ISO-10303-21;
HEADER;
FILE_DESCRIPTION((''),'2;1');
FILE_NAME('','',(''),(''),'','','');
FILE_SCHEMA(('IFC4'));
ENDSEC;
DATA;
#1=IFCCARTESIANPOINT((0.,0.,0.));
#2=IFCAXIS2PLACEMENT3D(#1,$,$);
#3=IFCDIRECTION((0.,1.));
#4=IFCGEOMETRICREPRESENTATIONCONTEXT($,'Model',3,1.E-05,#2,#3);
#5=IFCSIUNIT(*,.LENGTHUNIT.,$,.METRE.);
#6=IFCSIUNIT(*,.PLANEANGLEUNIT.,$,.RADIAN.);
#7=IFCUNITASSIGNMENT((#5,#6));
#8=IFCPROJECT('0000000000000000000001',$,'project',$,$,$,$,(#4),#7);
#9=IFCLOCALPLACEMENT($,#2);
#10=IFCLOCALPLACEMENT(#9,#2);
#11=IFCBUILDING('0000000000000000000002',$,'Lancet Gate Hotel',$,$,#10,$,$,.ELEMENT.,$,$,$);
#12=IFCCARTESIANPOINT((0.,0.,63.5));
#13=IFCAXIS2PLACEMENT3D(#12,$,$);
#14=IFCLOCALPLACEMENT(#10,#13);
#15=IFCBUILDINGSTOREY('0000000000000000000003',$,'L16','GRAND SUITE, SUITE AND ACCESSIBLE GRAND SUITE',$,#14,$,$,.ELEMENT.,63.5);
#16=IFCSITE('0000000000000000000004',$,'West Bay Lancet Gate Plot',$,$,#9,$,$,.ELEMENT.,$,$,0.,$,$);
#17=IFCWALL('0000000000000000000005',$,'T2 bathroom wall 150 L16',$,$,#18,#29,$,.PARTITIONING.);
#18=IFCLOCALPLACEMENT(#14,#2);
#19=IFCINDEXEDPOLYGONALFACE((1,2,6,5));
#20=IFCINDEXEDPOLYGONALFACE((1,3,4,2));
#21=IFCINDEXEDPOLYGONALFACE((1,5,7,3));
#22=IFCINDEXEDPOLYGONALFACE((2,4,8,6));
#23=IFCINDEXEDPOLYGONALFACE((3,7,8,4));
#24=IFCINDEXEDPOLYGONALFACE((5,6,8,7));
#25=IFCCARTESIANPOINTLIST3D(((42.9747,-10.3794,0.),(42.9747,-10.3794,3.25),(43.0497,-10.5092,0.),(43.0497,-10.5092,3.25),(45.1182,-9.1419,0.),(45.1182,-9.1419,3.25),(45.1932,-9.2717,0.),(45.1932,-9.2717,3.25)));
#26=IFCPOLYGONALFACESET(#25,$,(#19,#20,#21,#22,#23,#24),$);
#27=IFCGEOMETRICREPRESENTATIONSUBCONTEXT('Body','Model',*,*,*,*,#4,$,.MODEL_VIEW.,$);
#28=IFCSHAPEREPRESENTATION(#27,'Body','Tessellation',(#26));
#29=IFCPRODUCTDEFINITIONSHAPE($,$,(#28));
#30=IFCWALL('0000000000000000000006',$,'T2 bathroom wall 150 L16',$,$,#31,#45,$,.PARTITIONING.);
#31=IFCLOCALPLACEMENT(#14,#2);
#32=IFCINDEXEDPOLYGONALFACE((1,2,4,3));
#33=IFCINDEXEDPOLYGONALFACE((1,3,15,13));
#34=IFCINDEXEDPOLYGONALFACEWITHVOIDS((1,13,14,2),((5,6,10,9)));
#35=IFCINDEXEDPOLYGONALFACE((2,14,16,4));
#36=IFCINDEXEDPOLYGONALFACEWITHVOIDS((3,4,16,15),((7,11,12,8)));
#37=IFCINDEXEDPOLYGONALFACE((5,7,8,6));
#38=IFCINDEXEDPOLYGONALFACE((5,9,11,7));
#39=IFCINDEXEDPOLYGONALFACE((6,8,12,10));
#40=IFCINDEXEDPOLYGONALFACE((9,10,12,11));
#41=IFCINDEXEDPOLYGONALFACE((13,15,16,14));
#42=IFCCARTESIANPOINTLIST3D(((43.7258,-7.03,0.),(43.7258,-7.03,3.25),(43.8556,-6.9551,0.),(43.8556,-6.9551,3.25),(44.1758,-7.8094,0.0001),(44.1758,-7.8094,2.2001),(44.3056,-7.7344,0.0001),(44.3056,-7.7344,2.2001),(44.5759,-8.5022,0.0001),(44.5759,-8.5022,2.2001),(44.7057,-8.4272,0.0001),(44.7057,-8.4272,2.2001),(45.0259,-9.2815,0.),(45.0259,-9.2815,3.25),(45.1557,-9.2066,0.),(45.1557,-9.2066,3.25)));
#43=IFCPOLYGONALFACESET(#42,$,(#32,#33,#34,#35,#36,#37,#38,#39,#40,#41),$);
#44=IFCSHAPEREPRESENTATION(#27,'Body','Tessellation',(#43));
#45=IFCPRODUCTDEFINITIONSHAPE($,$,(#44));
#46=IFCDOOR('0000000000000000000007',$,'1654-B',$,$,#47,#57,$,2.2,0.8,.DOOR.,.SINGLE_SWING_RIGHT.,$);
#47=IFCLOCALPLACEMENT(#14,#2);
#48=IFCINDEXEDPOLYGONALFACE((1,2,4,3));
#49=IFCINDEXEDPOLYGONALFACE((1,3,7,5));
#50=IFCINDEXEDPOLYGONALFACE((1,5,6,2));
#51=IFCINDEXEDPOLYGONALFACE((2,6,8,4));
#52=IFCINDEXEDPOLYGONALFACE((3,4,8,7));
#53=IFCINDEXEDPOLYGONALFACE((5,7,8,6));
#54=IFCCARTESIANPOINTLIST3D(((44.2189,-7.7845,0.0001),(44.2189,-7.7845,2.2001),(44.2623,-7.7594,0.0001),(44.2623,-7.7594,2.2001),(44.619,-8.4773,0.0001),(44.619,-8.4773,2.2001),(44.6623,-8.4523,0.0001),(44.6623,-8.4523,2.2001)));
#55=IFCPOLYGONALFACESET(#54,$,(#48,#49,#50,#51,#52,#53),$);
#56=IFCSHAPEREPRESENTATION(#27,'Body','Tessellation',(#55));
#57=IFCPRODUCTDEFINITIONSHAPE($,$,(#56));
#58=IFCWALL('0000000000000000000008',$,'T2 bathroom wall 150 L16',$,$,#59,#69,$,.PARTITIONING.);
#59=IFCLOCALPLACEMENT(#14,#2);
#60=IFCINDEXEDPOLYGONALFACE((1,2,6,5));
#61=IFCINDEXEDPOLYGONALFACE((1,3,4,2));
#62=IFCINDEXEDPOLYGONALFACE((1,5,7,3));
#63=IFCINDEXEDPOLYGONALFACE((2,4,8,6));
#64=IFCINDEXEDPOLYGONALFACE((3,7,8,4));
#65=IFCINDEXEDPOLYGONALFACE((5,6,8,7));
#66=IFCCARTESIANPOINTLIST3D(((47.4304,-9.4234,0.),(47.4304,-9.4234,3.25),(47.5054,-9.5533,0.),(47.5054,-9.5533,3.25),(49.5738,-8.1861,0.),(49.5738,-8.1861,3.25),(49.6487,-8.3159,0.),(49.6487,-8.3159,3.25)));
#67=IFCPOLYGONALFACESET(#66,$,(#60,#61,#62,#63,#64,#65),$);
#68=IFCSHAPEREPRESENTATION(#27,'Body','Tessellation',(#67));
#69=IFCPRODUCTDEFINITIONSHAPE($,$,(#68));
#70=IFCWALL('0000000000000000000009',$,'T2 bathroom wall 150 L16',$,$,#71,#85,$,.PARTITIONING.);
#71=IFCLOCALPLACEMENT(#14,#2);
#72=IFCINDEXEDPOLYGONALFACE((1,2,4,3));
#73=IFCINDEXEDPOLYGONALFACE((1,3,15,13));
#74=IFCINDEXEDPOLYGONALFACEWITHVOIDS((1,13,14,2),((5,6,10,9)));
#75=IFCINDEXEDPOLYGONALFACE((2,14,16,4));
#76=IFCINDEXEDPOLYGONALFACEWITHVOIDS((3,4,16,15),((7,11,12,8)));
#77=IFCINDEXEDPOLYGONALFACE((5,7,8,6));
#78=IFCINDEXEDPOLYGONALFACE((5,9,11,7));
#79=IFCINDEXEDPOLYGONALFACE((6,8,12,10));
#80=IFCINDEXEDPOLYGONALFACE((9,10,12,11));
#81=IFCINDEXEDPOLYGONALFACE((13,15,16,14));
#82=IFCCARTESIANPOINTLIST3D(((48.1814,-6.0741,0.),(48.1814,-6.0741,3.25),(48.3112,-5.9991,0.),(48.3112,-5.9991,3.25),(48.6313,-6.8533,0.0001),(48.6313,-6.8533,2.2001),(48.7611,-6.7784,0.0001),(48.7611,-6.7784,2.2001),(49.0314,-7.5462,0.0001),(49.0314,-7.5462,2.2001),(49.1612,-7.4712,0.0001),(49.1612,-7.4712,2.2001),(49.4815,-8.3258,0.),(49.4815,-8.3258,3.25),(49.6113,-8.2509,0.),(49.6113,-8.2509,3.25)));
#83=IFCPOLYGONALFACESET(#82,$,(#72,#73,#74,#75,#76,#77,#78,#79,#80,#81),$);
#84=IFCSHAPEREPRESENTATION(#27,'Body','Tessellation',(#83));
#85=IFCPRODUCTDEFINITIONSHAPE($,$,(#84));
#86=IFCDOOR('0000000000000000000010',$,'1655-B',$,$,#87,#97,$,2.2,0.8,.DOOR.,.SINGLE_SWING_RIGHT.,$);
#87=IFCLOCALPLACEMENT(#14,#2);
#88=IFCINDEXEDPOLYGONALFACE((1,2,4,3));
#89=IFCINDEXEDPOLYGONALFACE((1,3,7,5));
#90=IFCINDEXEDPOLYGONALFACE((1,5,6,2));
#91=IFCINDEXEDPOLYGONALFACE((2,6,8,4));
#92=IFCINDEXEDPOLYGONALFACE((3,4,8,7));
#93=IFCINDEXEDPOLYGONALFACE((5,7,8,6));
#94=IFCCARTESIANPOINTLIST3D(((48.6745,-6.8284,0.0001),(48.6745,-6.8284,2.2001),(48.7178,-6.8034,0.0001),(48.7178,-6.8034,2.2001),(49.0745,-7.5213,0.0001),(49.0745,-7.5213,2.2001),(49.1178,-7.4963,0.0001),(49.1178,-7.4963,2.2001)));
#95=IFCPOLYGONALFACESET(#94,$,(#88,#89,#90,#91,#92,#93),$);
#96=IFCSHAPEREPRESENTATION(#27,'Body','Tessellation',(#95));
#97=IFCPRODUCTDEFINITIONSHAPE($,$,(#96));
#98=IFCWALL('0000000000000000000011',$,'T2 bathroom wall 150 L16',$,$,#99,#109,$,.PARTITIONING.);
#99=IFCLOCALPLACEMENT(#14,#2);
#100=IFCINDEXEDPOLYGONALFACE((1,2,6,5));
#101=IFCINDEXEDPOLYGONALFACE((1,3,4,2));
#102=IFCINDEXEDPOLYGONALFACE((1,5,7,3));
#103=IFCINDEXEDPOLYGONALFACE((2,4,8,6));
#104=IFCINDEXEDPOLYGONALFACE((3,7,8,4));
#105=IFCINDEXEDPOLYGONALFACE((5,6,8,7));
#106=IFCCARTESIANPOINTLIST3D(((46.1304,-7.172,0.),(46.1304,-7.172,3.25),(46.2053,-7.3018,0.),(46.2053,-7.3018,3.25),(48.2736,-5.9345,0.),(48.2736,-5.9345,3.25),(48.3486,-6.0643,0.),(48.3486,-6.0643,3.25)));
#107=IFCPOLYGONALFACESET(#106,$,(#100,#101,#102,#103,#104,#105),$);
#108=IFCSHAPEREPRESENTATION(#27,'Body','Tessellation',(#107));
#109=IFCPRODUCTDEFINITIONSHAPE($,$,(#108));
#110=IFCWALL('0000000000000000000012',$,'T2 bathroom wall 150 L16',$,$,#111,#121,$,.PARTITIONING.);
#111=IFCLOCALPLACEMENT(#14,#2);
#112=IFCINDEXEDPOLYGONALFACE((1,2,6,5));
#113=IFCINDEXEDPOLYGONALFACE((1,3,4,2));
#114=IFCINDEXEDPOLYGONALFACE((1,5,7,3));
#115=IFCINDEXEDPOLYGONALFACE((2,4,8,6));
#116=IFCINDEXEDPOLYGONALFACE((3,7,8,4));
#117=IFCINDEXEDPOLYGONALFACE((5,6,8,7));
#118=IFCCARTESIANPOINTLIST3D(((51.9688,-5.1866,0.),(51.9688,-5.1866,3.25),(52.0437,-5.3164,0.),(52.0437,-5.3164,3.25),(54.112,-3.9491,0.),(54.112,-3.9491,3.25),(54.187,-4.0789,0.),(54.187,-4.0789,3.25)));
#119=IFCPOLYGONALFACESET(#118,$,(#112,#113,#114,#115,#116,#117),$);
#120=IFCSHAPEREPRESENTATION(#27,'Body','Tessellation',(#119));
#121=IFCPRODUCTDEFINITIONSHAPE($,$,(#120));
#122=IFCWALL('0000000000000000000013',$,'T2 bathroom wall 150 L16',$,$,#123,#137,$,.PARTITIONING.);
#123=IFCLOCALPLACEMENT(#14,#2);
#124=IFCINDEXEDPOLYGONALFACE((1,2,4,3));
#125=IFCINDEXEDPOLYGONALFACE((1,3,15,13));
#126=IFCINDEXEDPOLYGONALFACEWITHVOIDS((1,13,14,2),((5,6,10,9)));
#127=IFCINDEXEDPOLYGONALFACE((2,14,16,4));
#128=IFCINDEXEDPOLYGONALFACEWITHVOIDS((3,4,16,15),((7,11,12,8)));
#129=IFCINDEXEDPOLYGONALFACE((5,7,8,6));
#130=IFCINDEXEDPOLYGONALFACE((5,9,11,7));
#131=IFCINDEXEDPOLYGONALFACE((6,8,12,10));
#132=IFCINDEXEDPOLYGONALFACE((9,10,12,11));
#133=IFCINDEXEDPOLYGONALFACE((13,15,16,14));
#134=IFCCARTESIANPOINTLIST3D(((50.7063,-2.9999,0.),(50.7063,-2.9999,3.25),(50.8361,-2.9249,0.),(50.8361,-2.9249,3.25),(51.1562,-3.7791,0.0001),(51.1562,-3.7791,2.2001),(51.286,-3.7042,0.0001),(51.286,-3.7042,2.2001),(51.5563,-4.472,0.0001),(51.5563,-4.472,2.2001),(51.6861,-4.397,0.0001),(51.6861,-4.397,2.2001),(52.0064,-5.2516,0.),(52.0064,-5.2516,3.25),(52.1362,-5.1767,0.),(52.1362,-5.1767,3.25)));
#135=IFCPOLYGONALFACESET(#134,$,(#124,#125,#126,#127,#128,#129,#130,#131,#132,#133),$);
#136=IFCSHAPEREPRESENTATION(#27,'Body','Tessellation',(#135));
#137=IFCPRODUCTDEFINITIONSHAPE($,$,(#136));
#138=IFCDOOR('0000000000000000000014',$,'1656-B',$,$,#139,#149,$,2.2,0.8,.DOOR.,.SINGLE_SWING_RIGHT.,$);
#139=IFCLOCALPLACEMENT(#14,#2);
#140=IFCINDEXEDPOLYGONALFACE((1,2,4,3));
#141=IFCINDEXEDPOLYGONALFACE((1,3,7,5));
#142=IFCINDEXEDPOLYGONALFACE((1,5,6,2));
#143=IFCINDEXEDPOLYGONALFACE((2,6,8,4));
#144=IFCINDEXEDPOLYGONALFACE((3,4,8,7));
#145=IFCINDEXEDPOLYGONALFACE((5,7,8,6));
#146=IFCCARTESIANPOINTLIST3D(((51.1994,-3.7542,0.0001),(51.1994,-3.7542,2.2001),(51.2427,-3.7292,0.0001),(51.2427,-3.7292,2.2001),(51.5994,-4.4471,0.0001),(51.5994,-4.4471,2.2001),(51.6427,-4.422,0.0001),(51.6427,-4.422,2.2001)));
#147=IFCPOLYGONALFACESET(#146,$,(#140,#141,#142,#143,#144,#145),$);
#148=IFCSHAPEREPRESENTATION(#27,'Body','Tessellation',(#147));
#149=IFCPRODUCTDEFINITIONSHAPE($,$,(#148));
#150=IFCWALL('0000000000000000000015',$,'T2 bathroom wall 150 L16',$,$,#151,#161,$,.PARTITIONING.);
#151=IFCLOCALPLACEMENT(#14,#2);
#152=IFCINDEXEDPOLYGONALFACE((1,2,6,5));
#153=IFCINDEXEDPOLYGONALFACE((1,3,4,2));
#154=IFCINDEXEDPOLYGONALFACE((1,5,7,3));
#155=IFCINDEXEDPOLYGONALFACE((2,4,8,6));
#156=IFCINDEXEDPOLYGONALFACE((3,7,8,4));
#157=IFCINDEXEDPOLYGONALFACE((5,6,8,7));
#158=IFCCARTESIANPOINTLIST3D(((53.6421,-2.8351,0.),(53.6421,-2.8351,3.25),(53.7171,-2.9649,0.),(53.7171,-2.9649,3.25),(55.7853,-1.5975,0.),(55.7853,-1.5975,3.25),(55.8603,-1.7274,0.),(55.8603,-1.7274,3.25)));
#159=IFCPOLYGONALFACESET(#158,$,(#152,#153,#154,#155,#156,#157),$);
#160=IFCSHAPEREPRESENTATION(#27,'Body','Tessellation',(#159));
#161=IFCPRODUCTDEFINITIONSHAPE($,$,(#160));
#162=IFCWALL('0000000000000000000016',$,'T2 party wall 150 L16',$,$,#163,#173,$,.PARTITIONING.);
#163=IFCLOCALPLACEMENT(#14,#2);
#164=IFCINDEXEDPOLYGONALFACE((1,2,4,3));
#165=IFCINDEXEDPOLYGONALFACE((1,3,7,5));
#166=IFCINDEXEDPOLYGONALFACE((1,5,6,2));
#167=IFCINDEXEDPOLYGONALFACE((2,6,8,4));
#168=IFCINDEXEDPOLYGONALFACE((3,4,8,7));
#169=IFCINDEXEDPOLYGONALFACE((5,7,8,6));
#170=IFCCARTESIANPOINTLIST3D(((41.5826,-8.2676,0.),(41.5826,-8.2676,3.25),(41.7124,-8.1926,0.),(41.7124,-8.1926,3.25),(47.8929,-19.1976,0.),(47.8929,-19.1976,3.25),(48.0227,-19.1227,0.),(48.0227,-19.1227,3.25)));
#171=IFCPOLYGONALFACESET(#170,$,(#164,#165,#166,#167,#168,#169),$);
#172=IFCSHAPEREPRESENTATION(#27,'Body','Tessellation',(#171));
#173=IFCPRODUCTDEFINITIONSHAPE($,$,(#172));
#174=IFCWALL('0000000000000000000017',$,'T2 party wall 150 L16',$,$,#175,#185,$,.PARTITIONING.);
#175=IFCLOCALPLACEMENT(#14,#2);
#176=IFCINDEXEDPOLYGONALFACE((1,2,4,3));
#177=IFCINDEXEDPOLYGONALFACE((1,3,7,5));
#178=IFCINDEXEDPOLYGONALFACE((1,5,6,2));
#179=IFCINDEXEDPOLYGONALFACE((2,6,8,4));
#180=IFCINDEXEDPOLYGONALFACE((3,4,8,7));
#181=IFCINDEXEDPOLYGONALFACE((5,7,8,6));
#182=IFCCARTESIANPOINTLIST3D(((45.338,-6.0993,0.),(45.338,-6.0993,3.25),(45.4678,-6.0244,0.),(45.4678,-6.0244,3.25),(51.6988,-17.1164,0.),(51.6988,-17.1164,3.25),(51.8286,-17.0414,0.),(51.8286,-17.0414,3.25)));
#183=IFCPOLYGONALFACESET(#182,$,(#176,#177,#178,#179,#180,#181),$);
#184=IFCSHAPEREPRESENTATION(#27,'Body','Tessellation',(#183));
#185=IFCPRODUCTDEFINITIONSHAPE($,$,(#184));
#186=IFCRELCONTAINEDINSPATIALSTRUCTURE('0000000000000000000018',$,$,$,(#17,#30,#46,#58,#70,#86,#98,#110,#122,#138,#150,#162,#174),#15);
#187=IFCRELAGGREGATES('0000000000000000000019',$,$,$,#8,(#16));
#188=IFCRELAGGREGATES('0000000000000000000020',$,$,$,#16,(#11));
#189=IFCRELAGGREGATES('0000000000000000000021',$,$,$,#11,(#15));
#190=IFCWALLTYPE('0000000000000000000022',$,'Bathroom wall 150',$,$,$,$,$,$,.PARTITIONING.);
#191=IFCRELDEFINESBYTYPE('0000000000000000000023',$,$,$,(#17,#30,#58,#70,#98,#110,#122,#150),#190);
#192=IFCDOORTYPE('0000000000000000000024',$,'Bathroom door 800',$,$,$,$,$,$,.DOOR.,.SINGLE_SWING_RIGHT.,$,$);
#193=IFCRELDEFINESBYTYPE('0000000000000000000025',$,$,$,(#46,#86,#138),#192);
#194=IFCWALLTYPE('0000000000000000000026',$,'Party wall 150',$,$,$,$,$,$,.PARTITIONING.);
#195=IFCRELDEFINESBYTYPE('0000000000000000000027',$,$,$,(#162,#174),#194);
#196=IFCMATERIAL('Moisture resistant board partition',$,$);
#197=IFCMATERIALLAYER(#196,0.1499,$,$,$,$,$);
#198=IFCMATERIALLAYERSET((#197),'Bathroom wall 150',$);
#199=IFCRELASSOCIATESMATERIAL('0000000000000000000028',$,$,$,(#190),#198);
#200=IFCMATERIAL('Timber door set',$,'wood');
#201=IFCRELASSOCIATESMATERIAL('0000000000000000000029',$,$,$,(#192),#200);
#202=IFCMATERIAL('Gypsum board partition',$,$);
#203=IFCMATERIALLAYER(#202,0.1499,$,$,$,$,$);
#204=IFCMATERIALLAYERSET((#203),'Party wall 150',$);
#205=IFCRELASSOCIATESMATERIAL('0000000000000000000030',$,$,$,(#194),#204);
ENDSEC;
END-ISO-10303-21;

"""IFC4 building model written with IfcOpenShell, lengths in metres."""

from ifc_helpers import new_model, si_unit, direction, frame, frame_2d, origin, place, context, subcontext, project, spatial, rectangle, extrude, material, layer, layer_set, type_object, element, fill, save


model = new_model("IFC4")

# Units and contexts
model_context = context("Model", 3, precision=1e-05, world=origin(), true_north=direction((0.0, 1.0)))
body_context = subcontext(model_context, "Body", "Model", "MODEL_VIEW")
ifc_project = project(units=[si_unit("LENGTHUNIT", "METRE"), si_unit("PLANEANGLEUNIT", "RADIAN")], contexts=[model_context])

# Site, building, storey
site_placement = place(None, origin())
site = spatial("IfcSite", under=ifc_project, at=site_placement, Name="West Bay Lancet Gate Plot", CompositionType="ELEMENT", RefElevation=0.0)
building_placement = place(site_placement, origin())
building = spatial("IfcBuilding", under=site, at=building_placement, Name="Lancet Gate Hotel", CompositionType="ELEMENT")
storey_placement = place(building_placement, frame((0.0, 0.0, 63.5)))
storey = spatial("IfcBuildingStorey", under=building, at=storey_placement, Name="L16", Description="GRAND SUITE, SUITE AND ACCESSIBLE GRAND SUITE", CompositionType="ELEMENT", Elevation=63.5)

# Wall
ifc_material_1 = material(Name="Moisture resistant board partition")
ifc_layer_1 = layer(ifc_material_1, 0.1499)
ifc_layer_set_1 = layer_set([ifc_layer_1], Name="Bathroom wall 150")
wall_type_1 = type_object("IfcWallType", Name="Bathroom wall 150", PredefinedType="PARTITIONING", material=ifc_layer_set_1)
wall_1_placement = place(storey_placement, frame((43.0122, -10.4443, 0.0), z_axis=(0.0, 0.0, 1.0), x_axis=(0.866031, 0.49999, 0.0)))
element("IfcWall", 1, at=wall_1_placement, inside=storey, type_object=wall_type_1, Name="T2 bathroom wall 150 L16", PredefinedType="PARTITIONING", context=body_context, shape_type="SweptSolid", body=[
    extrude(rectangle(XDim=2.4751, YDim=0.1499, at=frame_2d((1.2375, 0.0))), origin(), (0.0, 0.0, 1.0), 3.25),
])

# Wall, opening, door
wall_2_placement = place(storey_placement, frame((43.7908, -6.9927, 0.0), z_axis=(0.0, 0.0, 1.0), x_axis=(0.500048, -0.865998, 0.0)))
wall_2 = element("IfcWall", 2, at=wall_2_placement, inside=storey, type_object=wall_type_1, Name="T2 bathroom wall 150 L16", PredefinedType="PARTITIONING", context=body_context, shape_type="SweptSolid", body=[
    extrude(rectangle(XDim=2.5999, YDim=0.1499, at=frame_2d((1.2998, 0.0))), origin(), (0.0, 0.0, 1.0), 3.25),
])
opening_1_placement = place(wall_2_placement, frame((0.8999, 0.0, 0.0)))
opening_1 = element("IfcOpeningElement", 3, at=opening_1_placement, cuts=wall_2, PredefinedType="OPENING", context=body_context, shape_type="SweptSolid", body=[
    extrude(rectangle(XDim=0.8, YDim=2.2, at=frame_2d((0.3999, 1.1001))), frame((0.0, 0.085, 0.0), z_axis=(0.0, -1.0, 0.0), x_axis=(1.0, 0.0, 0.0)), (0.0, 0.0, 1.0), 0.1699),
])
ifc_material_2 = material(Name="Timber door set", Category="wood")
door_type_1 = type_object("IfcDoorType", Name="Bathroom door 800", OperationType="SINGLE_SWING_RIGHT", PredefinedType="DOOR", material=ifc_material_2)
door_1_placement = place(opening_1_placement, origin())
door_1 = element("IfcDoor", 4, at=door_1_placement, inside=storey, type_object=door_type_1, Name="1654-B", OperationType="SINGLE_SWING_RIGHT", OverallHeight=2.2, OverallWidth=0.8, PredefinedType="DOOR", context=body_context, shape_type="SweptSolid", body=[
    extrude(rectangle(XDim=0.8, YDim=2.2, at=frame_2d((0.3999, 1.1001))), frame((0.0, 0.0249, 0.0), z_axis=(0.0, -1.0, 0.0), x_axis=(1.0, 0.0, 0.0)), (0.0, 0.0, 1.0), 0.05),
])
fill(opening_1, door_1)

# Wall
wall_3_placement = place(storey_placement, frame((47.468, -9.4883, 0.0), z_axis=(0.0, 0.0, 1.0), x_axis=(0.866049, 0.499959, 0.0)))
element("IfcWall", 5, at=wall_3_placement, inside=storey, type_object=wall_type_1, Name="T2 bathroom wall 150 L16", PredefinedType="PARTITIONING", context=body_context, shape_type="SweptSolid", body=[
    extrude(rectangle(XDim=2.4749, YDim=0.1499, at=frame_2d((1.2373, 0.0))), origin(), (0.0, 0.0, 1.0), 3.25),
])

# Wall, opening, door
wall_4_placement = place(storey_placement, frame((48.2463, -6.0366, 0.0), z_axis=(0.0, 0.0, 1.0), x_axis=(0.500007, -0.866021, 0.0)))
wall_4 = element("IfcWall", 6, at=wall_4_placement, inside=storey, type_object=wall_type_1, Name="T2 bathroom wall 150 L16", PredefinedType="PARTITIONING", context=body_context, shape_type="SweptSolid", body=[
    extrude(rectangle(XDim=2.6001, YDim=0.1499, at=frame_2d((1.3, 0.0))), origin(), (0.0, 0.0, 1.0), 3.25),
])
opening_2_placement = place(wall_4_placement, frame((0.8999, 0.0, 0.0)))
opening_2 = element("IfcOpeningElement", 7, at=opening_2_placement, cuts=wall_4, PredefinedType="OPENING", context=body_context, shape_type="SweptSolid", body=[
    extrude(rectangle(XDim=0.8, YDim=2.2, at=frame_2d((0.3999, 1.1001))), frame((0.0, 0.085, 0.0), z_axis=(0.0, -1.0, 0.0), x_axis=(1.0, 0.0, 0.0)), (0.0, 0.0, 1.0), 0.1699),
])
door_2_placement = place(opening_2_placement, origin())
door_2 = element("IfcDoor", 8, at=door_2_placement, inside=storey, type_object=door_type_1, Name="1655-B", OperationType="SINGLE_SWING_RIGHT", OverallHeight=2.2, OverallWidth=0.8, PredefinedType="DOOR", context=body_context, shape_type="SweptSolid", body=[
    extrude(rectangle(XDim=0.8, YDim=2.2, at=frame_2d((0.3999, 1.1001))), frame((0.0, 0.0249, 0.0), z_axis=(0.0, -1.0, 0.0), x_axis=(1.0, 0.0, 0.0)), (0.0, 0.0, 1.0), 0.05),
])
fill(opening_2, door_2)

# Walls
for number, where, z_axis, x_axis, name in (
    (9, (46.168, -7.2368, 0.0), (0.0, 0.0, 1.0), (0.866007, 0.500033, 0.0), "T2 bathroom wall 150 L16"),
    (10, (52.0063, -5.2515, 0.0), (0.0, 0.0, 1.0), (0.866007, 0.500033, 0.0), "T2 bathroom wall 150 L16"),
):
    element("IfcWall", number, at=place(storey_placement, frame(where, z_axis=z_axis, x_axis=x_axis)), inside=storey, type_object=wall_type_1, Name=name, PredefinedType="PARTITIONING", context=body_context, shape_type="SweptSolid", body=[
        extrude(rectangle(XDim=2.4749, YDim=0.1499, at=frame_2d((1.2373, 0.0))), origin(), (0.0, 0.0, 1.0), 3.25),
    ])

# Wall, opening, door
wall_5_placement = place(storey_placement, frame((50.7712, -2.9624, 0.0), z_axis=(0.0, 0.0, 1.0), x_axis=(0.500007, -0.866021, 0.0)))
wall_5 = element("IfcWall", 11, at=wall_5_placement, inside=storey, type_object=wall_type_1, Name="T2 bathroom wall 150 L16", PredefinedType="PARTITIONING", context=body_context, shape_type="SweptSolid", body=[
    extrude(rectangle(XDim=2.6001, YDim=0.1499, at=frame_2d((1.3, 0.0))), origin(), (0.0, 0.0, 1.0), 3.25),
])
opening_3_placement = place(wall_5_placement, frame((0.8999, 0.0, 0.0)))
opening_3 = element("IfcOpeningElement", 12, at=opening_3_placement, cuts=wall_5, PredefinedType="OPENING", context=body_context, shape_type="SweptSolid", body=[
    extrude(rectangle(XDim=0.8, YDim=2.2, at=frame_2d((0.3999, 1.1001))), frame((0.0, 0.085, 0.0), z_axis=(0.0, -1.0, 0.0), x_axis=(1.0, 0.0, 0.0)), (0.0, 0.0, 1.0), 0.1699),
])
door_3_placement = place(opening_3_placement, origin())
door_3 = element("IfcDoor", 13, at=door_3_placement, inside=storey, type_object=door_type_1, Name="1656-B", OperationType="SINGLE_SWING_RIGHT", OverallHeight=2.2, OverallWidth=0.8, PredefinedType="DOOR", context=body_context, shape_type="SweptSolid", body=[
    extrude(rectangle(XDim=0.8, YDim=2.2, at=frame_2d((0.3999, 1.1001))), frame((0.0, 0.0249, 0.0), z_axis=(0.0, -1.0, 0.0), x_axis=(1.0, 0.0, 0.0)), (0.0, 0.0, 1.0), 0.05),
])
fill(opening_3, door_3)

# Walls
wall_6_placement = place(storey_placement, frame((53.6797, -2.8999, 0.0), z_axis=(0.0, 0.0, 1.0), x_axis=(0.866007, 0.500033, 0.0)))
element("IfcWall", 14, at=wall_6_placement, inside=storey, type_object=wall_type_1, Name="T2 bathroom wall 150 L16", PredefinedType="PARTITIONING", context=body_context, shape_type="SweptSolid", body=[
    extrude(rectangle(XDim=2.4749, YDim=0.1499, at=frame_2d((1.2373, 0.0))), origin(), (0.0, 0.0, 1.0), 3.25),
])
ifc_material_3 = material(Name="Gypsum board partition")
ifc_layer_2 = layer(ifc_material_3, 0.1499)
ifc_layer_set_2 = layer_set([ifc_layer_2], Name="Party wall 150")
wall_type_2 = type_object("IfcWallType", Name="Party wall 150", PredefinedType="PARTITIONING", material=ifc_layer_set_2)
wall_7_placement = place(storey_placement, frame((41.6475, -8.23, 0.0), z_axis=(0.0, 0.0, 1.0), x_axis=(0.499986, -0.866034, 0.0)))
element("IfcWall", 15, at=wall_7_placement, inside=storey, type_object=wall_type_2, Name="T2 party wall 150 L16", PredefinedType="PARTITIONING", context=body_context, shape_type="SweptSolid", body=[
    extrude(rectangle(XDim=12.6208, YDim=0.1499, at=frame_2d((6.3105, 0.0))), origin(), (0.0, 0.0, 1.0), 3.25),
])
wall_8_placement = place(storey_placement, frame((45.4028, -6.0618, 0.0), z_axis=(0.0, 0.0, 1.0), x_axis=(0.500007, -0.866021, 0.0)))
element("IfcWall", 16, at=wall_8_placement, inside=storey, type_object=wall_type_2, Name="T2 party wall 150 L16", PredefinedType="PARTITIONING", context=body_context, shape_type="SweptSolid", body=[
    extrude(rectangle(XDim=12.7214, YDim=0.1499, at=frame_2d((6.3608, 0.0))), origin(), (0.0, 0.0, 1.0), 3.25),
])

save(model, "model.ifc")
